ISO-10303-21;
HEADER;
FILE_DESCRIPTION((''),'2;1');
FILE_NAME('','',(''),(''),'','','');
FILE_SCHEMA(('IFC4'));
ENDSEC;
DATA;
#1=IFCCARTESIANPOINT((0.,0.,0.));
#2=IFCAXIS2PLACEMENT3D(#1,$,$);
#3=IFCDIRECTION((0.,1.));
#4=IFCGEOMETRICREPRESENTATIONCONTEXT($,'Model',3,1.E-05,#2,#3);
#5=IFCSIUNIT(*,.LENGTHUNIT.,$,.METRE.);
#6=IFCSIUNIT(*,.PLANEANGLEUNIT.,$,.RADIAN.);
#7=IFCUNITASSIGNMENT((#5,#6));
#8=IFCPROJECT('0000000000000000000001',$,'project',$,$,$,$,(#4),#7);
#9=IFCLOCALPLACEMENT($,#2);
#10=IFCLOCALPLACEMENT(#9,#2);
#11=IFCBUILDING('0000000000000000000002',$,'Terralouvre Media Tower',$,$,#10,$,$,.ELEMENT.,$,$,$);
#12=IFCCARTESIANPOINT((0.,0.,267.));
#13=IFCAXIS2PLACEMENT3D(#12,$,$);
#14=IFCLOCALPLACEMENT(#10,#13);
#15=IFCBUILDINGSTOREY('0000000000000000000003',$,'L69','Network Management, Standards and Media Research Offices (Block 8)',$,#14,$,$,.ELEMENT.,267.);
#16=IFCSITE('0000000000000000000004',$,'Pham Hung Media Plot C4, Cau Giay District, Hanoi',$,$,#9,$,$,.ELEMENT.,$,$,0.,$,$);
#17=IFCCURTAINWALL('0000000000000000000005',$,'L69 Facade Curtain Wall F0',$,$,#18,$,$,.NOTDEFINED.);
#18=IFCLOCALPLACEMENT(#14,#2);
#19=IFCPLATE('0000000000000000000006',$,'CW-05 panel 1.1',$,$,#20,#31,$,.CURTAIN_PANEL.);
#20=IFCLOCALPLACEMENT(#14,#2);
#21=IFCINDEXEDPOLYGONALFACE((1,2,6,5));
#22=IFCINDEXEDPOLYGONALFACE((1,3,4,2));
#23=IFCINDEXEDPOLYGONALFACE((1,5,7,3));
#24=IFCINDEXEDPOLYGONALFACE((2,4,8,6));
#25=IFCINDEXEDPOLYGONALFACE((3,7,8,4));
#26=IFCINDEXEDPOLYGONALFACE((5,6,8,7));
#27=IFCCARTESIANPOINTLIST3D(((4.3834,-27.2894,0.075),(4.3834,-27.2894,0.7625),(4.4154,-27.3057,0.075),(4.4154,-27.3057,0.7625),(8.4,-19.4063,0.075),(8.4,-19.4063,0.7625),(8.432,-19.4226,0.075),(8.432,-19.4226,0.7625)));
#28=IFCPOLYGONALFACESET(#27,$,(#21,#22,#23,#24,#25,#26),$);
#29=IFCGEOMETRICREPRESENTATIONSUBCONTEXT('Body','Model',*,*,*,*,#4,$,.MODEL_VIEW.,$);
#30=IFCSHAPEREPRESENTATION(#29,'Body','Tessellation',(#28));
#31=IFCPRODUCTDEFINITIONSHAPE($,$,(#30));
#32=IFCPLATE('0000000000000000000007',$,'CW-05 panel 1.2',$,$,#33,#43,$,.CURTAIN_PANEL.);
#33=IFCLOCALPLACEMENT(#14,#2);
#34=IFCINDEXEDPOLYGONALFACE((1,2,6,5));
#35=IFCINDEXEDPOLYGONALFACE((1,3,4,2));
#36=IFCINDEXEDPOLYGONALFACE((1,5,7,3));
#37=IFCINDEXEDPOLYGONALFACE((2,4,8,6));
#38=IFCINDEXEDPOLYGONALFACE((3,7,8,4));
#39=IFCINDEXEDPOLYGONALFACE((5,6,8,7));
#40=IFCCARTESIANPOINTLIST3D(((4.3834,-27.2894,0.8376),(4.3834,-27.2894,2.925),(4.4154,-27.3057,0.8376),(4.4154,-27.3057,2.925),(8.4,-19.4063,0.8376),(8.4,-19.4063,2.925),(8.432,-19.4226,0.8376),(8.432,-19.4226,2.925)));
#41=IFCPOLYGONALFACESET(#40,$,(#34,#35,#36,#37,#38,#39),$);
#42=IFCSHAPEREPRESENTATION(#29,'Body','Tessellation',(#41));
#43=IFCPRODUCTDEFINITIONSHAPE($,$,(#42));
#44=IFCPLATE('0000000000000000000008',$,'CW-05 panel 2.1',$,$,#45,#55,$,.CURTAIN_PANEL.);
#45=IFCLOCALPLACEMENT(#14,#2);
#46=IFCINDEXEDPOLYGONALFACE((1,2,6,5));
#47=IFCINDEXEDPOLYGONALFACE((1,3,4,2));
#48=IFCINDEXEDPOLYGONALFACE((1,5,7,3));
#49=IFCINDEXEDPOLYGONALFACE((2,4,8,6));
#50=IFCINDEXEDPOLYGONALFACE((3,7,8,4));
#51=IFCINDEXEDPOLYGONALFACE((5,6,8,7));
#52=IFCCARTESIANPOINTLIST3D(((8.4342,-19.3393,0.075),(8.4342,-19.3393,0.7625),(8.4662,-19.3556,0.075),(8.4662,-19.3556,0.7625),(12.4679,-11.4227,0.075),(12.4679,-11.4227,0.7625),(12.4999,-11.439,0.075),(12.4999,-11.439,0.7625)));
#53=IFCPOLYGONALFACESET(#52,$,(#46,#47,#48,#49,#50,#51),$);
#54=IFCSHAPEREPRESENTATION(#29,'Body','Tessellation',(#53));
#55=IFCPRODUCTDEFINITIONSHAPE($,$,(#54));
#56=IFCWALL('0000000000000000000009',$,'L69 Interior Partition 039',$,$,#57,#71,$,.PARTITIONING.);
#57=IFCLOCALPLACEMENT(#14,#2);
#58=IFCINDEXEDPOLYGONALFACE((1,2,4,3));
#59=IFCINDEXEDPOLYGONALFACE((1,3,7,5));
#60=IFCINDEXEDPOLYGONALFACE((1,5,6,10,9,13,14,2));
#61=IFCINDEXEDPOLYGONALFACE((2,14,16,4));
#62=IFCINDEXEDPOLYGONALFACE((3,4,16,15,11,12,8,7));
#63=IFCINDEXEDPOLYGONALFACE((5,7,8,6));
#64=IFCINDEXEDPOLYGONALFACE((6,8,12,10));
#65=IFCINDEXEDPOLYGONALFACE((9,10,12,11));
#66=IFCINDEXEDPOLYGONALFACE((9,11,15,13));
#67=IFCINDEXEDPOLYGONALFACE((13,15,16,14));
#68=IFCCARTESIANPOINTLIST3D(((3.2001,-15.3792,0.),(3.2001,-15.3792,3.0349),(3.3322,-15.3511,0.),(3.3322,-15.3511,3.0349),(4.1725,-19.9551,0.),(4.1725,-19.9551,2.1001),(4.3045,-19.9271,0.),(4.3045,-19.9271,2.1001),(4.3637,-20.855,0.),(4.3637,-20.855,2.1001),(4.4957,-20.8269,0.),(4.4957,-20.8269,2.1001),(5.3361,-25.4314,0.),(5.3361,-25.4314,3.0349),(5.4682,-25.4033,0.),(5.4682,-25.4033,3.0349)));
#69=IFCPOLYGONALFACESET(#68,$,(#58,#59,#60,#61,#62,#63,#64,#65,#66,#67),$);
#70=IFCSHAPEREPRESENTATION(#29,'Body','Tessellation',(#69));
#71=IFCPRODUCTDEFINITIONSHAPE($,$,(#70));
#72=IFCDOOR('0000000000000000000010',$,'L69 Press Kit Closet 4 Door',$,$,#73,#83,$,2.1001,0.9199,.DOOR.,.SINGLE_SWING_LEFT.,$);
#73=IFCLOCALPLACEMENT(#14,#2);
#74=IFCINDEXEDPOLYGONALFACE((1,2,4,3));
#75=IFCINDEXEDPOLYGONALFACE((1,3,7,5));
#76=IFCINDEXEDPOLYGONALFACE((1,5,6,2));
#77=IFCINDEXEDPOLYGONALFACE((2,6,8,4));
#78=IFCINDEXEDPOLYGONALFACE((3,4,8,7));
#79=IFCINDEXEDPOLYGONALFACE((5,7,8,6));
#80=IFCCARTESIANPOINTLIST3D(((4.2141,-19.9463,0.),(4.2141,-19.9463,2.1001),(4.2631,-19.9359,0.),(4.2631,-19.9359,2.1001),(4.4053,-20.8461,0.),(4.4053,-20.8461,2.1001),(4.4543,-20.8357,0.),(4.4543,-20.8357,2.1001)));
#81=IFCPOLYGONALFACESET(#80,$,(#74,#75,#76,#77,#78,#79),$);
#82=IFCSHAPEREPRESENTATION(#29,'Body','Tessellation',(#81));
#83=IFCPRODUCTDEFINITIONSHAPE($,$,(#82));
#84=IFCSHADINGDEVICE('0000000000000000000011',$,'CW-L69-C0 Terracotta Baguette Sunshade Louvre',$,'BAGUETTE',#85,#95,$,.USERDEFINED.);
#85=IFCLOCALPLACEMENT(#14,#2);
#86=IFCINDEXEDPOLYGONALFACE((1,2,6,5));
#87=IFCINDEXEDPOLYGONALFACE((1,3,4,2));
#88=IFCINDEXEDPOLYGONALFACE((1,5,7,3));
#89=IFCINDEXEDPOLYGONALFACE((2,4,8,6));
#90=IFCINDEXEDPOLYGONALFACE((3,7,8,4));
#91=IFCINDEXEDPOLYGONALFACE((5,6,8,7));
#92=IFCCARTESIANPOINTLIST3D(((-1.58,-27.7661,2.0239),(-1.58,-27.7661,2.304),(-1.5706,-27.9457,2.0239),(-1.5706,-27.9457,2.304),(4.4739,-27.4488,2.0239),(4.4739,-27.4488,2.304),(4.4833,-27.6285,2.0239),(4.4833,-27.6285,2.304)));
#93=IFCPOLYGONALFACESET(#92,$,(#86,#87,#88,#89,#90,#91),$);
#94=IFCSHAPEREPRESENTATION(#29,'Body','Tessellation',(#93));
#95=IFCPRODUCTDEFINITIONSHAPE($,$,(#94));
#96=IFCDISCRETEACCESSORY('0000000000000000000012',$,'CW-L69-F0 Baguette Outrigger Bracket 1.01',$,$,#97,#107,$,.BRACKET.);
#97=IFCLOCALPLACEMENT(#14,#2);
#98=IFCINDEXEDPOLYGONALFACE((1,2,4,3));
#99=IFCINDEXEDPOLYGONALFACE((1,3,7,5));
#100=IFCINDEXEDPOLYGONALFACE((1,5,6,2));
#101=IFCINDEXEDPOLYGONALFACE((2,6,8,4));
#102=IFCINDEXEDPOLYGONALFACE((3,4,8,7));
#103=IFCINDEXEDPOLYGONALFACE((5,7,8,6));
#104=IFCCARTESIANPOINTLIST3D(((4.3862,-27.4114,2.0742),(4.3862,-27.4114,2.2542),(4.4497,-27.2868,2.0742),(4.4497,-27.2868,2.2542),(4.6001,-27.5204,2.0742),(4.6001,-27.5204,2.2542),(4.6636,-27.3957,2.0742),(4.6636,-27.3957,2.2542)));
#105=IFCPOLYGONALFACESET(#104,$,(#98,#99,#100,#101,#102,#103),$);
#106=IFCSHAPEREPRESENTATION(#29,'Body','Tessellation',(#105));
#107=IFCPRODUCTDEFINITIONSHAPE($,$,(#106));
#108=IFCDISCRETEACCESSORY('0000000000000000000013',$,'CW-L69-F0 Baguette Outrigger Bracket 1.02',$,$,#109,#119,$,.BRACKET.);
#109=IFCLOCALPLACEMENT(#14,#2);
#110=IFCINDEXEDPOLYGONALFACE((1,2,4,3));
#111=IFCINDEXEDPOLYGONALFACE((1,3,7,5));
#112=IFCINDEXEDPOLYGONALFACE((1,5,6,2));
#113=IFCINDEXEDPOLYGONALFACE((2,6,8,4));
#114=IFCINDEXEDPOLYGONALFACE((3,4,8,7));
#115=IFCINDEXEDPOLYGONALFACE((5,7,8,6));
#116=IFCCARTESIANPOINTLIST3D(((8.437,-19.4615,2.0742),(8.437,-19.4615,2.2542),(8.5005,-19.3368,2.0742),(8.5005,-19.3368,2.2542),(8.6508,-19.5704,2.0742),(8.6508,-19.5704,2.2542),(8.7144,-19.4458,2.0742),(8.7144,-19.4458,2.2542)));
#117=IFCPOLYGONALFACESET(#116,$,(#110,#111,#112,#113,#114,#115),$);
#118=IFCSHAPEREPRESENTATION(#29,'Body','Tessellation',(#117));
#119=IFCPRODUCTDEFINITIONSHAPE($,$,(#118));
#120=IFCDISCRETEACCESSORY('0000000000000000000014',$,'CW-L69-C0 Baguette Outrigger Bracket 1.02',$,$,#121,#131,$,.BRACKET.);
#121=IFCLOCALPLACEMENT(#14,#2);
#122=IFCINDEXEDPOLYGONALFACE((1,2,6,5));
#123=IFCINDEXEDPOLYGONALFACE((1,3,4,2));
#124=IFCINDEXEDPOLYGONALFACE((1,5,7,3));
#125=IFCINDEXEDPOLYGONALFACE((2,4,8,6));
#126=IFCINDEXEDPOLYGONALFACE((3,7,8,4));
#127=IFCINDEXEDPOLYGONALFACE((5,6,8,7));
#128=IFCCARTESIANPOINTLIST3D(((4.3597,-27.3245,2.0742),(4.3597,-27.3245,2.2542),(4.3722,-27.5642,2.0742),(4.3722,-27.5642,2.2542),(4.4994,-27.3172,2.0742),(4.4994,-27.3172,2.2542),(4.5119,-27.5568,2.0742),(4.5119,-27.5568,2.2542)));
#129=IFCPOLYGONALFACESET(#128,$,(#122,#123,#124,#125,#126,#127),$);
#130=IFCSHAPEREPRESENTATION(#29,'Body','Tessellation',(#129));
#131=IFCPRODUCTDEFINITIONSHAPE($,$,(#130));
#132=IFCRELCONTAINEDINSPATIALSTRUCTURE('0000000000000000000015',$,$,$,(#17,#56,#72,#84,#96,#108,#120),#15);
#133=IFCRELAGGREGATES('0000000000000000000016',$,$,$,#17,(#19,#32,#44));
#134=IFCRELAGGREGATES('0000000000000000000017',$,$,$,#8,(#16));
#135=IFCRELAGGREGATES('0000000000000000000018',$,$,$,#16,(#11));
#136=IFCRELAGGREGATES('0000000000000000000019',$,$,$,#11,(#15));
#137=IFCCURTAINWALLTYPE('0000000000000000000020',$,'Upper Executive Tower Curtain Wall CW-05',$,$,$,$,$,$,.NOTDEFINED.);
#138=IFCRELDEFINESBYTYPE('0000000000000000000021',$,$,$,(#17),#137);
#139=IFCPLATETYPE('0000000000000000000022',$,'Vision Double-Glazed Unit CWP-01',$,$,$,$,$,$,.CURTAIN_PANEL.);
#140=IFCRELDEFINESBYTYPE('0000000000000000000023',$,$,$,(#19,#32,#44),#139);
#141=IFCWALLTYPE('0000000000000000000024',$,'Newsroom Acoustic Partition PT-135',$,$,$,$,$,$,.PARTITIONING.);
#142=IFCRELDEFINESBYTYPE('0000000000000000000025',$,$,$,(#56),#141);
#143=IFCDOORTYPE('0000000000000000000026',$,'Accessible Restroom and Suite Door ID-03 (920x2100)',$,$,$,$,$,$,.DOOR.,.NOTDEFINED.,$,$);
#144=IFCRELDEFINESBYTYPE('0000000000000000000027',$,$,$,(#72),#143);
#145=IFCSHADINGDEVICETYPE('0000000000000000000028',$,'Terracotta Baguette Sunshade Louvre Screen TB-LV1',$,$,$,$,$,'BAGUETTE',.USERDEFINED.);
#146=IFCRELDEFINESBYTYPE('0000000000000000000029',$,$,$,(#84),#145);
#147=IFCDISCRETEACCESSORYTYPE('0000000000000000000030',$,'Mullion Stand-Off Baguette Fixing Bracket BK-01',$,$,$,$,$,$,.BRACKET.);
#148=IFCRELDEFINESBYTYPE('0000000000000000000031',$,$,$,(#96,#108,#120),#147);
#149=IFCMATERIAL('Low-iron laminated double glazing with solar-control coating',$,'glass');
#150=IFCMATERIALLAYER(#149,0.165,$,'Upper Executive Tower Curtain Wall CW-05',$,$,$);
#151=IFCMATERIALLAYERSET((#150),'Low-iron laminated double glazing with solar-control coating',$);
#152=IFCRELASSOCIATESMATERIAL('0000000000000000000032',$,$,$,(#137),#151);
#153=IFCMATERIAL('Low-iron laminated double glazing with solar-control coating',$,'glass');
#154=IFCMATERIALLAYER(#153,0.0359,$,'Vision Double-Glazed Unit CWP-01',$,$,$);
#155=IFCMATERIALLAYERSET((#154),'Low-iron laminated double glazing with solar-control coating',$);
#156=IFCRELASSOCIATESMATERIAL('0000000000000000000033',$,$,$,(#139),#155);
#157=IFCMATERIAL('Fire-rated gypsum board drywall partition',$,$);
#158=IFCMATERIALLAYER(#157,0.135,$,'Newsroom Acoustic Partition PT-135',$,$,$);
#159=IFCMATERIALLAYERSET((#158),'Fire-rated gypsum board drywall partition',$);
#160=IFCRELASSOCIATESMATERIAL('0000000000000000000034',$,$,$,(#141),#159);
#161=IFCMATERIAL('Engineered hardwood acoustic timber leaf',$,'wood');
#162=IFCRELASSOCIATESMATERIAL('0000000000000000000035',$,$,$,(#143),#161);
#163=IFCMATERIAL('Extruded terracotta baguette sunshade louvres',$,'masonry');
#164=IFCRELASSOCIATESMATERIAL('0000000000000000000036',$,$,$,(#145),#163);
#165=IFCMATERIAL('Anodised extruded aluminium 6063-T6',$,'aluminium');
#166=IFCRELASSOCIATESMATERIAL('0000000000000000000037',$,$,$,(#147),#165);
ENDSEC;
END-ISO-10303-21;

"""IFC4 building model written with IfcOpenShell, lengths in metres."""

from ifc_helpers import new_model, si_unit, direction, frame, frame_2d, origin, origin_2d, place, context, subcontext, project, spatial, rectangle, extrude, material, layer, layer_set, type_object, element, fill, aggregate, save


model = new_model("IFC4")

# Units and contexts
model_context = context("Model", 3, precision=1e-05, world=origin(), true_north=direction((0.0, 1.0)))
body_context = subcontext(model_context, "Body", "Model", "MODEL_VIEW")
ifc_project = project(units=[si_unit("LENGTHUNIT", "METRE"), si_unit("PLANEANGLEUNIT", "RADIAN")], contexts=[model_context])

# Site, building, storey
site_placement = place(None, origin())
site = spatial("IfcSite", under=ifc_project, at=site_placement, Name="Pham Hung Media Plot C4, Cau Giay District, Hanoi", CompositionType="ELEMENT", RefElevation=0.0)
building_placement = place(site_placement, origin())
building = spatial("IfcBuilding", under=site, at=building_placement, Name="Terralouvre Media Tower", CompositionType="ELEMENT")
storey_placement = place(building_placement, frame((0.0, 0.0, 267.0)))
storey = spatial("IfcBuildingStorey", under=building, at=storey_placement, Name="L69", Description="Network Management, Standards and Media Research Offices (Block 8)", CompositionType="ELEMENT", Elevation=267.0)

# Curtain wall
ifc_material_1 = material(Name="Low-iron laminated double glazing with solar-control coating", Category="glass")
ifc_layer_1 = layer(ifc_material_1, 0.165, Name="Upper Executive Tower Curtain Wall CW-05")
ifc_layer_set_1 = layer_set([ifc_layer_1], Name="Low-iron laminated double glazing with solar-control coating")
curtain_wall_type_1 = type_object("IfcCurtainWallType", Name="Upper Executive Tower Curtain Wall CW-05", PredefinedType="NOTDEFINED", material=ifc_layer_set_1)
curtain_wall_1_placement = place(storey_placement, origin())
curtain_wall_1 = element("IfcCurtainWall", 1, at=curtain_wall_1_placement, inside=storey, type_object=curtain_wall_type_1, Name="L69 Facade Curtain Wall F0", PredefinedType="NOTDEFINED")

# Plates
ifc_material_2 = material(Name="Low-iron laminated double glazing with solar-control coating", Category="glass")
ifc_layer_2 = layer(ifc_material_2, 0.0359, Name="Vision Double-Glazed Unit CWP-01")
ifc_layer_set_2 = layer_set([ifc_layer_2], Name="Low-iron laminated double glazing with solar-control coating")
plate_type_1 = type_object("IfcPlateType", Name="Vision Double-Glazed Unit CWP-01", PredefinedType="CURTAIN_PANEL", material=ifc_layer_set_2)
plate_1_placement = place(storey_placement, frame((6.4077, -23.356, 0.075), z_axis=(0.0, 0.0, 1.0), x_axis=(0.45399, 0.891007, 0.0)))
plate_1 = element("IfcPlate", 2, at=plate_1_placement, type_object=plate_type_1, Name="CW-05 panel 1.1", PredefinedType="CURTAIN_PANEL", context=body_context, shape_type="SweptSolid", body=[
    extrude(rectangle(XDim=8.8474, YDim=0.0359, at=origin_2d()), origin(), (0.0, 0.0, 1.0), 0.6875),
])
plate_2_placement = place(storey_placement, frame((6.4077, -23.356, 0.8376), z_axis=(0.0, 0.0, 1.0), x_axis=(0.45399, 0.891007, 0.0)))
plate_2 = element("IfcPlate", 3, at=plate_2_placement, type_object=plate_type_1, Name="CW-05 panel 1.2", PredefinedType="CURTAIN_PANEL", context=body_context, shape_type="SweptSolid", body=[
    extrude(rectangle(XDim=8.8474, YDim=0.0359, at=origin_2d()), origin(), (0.0, 0.0, 1.0), 2.0874),
])
plate_3_placement = place(storey_placement, frame((10.467, -15.3892, 0.075), z_axis=(0.0, 0.0, 1.0), x_axis=(0.45399, 0.891007, 0.0)))
plate_3 = element("IfcPlate", 4, at=plate_3_placement, type_object=plate_type_1, Name="CW-05 panel 2.1", PredefinedType="CURTAIN_PANEL", context=body_context, shape_type="SweptSolid", body=[
    extrude(rectangle(XDim=8.885, YDim=0.0359, at=origin_2d()), origin(), (0.0, 0.0, 1.0), 0.6875),
])
aggregate(curtain_wall_1, [plate_1, plate_2, plate_3])

# Wall, opening, door
ifc_material_3 = material(Name="Fire-rated gypsum board drywall partition")
ifc_layer_3 = layer(ifc_material_3, 0.135, Name="Newsroom Acoustic Partition PT-135")
ifc_layer_set_3 = layer_set([ifc_layer_3], Name="Fire-rated gypsum board drywall partition")
wall_type = type_object("IfcWallType", Name="Newsroom Acoustic Partition PT-135", PredefinedType="PARTITIONING", material=ifc_layer_set_3)
wall_placement = place(storey_placement, frame((5.4021, -25.4172, 0.0), z_axis=(0.0, 0.0, 1.0), x_axis=(-0.207848, 0.978161, 0.0)))
wall = element("IfcWall", 5, at=wall_placement, inside=storey, type_object=wall_type, Name="L69 Interior Partition 039", PredefinedType="PARTITIONING", context=body_context, shape_type="SweptSolid", body=[
    extrude(rectangle(XDim=10.2766, YDim=0.135, at=frame_2d((5.1382, 0.0))), origin(), (0.0, 0.0, 1.0), 3.0349),
])
opening_placement = place(wall_placement, frame((4.6785, 0.0, 0.0)))
opening = element("IfcOpeningElement", 6, at=opening_placement, cuts=wall, PredefinedType="OPENING", context=body_context, shape_type="SweptSolid", body=[
    extrude(rectangle(XDim=0.9199, YDim=2.1001, at=frame_2d((0.46, 1.05))), frame((0.0, 0.0774, 0.0), z_axis=(0.0, -1.0, 0.0), x_axis=(1.0, 0.0, 0.0)), (0.0, 0.0, 1.0), 0.155),
])
ifc_material_4 = material(Name="Engineered hardwood acoustic timber leaf", Category="wood")
door_type = type_object("IfcDoorType", Name="Accessible Restroom and Suite Door ID-03 (920x2100)", OperationType="NOTDEFINED", PredefinedType="DOOR", material=ifc_material_4)
door_placement = place(opening_placement, origin())
door = element("IfcDoor", 7, at=door_placement, inside=storey, type_object=door_type, Name="L69 Press Kit Closet 4 Door", OperationType="SINGLE_SWING_LEFT", OverallHeight=2.1001, OverallWidth=0.9199, PredefinedType="DOOR", context=body_context, shape_type="SweptSolid", body=[
    extrude(rectangle(XDim=0.9199, YDim=2.1001, at=frame_2d((0.46, 1.05))), frame((0.0, 0.0249, 0.0), z_axis=(0.0, -1.0, 0.0), x_axis=(1.0, 0.0, 0.0)), (0.0, 0.0, 1.0), 0.05),
])
fill(opening, door)

# Shading device
ifc_material_5 = material(Name="Extruded terracotta baguette sunshade louvres", Category="masonry")
shading_device_type = type_object("IfcShadingDeviceType", Name="Terracotta Baguette Sunshade Louvre Screen TB-LV1", ElementType="BAGUETTE", PredefinedType="USERDEFINED", material=ifc_material_5)
shading_device_placement = place(storey_placement, frame((1.4517, -27.6973, 2.0239), z_axis=(0.0, 0.0, 1.0), x_axis=(0.99863, 0.052336, 0.0)))
element("IfcShadingDevice", 8, at=shading_device_placement, inside=storey, type_object=shading_device_type, Name="CW-L69-C0 Terracotta Baguette Sunshade Louvre", ObjectType="BAGUETTE", PredefinedType="USERDEFINED", context=body_context, shape_type="SweptSolid", body=[
    extrude(rectangle(XDim=6.0623, YDim=0.1799, at=origin_2d()), origin(), (0.0, 0.0, 1.0), 0.28),
])

# Discrete accessories
ifc_material_6 = material(Name="Anodised extruded aluminium 6063-T6", Category="aluminium")
discrete_accessory_type = type_object("IfcDiscreteAccessoryType", Name="Mullion Stand-Off Baguette Fixing Bracket BK-01", PredefinedType="BRACKET", material=ifc_material_6)
for number, where, z_axis, x_axis, name in (
    (9, (4.5249, -27.4036, 2.0742), (0.0, 0.0, 1.0), (0.45399, 0.891007, 0.0), "CW-L69-F0 Baguette Outrigger Bracket 1.01"),
    (10, (8.5757, -19.4536, 2.0742), (0.0, 0.0, 1.0), (0.45399, 0.891007, 0.0), "CW-L69-F0 Baguette Outrigger Bracket 1.02"),
    (11, (4.4358, -27.4407, 2.0742), (0.0, 0.0, 1.0), (0.99863, 0.052336, 0.0), "CW-L69-C0 Baguette Outrigger Bracket 1.02"),
):
    element("IfcDiscreteAccessory", number, at=place(storey_placement, frame(where, z_axis=z_axis, x_axis=x_axis)), inside=storey, type_object=discrete_accessory_type, Name=name, PredefinedType="BRACKET", context=body_context, shape_type="SweptSolid", body=[
        extrude(rectangle(XDim=0.1399, YDim=0.24, at=origin_2d()), origin(), (0.0, 0.0, 1.0), 0.1799),
    ])

save(model, "model.ifc")
